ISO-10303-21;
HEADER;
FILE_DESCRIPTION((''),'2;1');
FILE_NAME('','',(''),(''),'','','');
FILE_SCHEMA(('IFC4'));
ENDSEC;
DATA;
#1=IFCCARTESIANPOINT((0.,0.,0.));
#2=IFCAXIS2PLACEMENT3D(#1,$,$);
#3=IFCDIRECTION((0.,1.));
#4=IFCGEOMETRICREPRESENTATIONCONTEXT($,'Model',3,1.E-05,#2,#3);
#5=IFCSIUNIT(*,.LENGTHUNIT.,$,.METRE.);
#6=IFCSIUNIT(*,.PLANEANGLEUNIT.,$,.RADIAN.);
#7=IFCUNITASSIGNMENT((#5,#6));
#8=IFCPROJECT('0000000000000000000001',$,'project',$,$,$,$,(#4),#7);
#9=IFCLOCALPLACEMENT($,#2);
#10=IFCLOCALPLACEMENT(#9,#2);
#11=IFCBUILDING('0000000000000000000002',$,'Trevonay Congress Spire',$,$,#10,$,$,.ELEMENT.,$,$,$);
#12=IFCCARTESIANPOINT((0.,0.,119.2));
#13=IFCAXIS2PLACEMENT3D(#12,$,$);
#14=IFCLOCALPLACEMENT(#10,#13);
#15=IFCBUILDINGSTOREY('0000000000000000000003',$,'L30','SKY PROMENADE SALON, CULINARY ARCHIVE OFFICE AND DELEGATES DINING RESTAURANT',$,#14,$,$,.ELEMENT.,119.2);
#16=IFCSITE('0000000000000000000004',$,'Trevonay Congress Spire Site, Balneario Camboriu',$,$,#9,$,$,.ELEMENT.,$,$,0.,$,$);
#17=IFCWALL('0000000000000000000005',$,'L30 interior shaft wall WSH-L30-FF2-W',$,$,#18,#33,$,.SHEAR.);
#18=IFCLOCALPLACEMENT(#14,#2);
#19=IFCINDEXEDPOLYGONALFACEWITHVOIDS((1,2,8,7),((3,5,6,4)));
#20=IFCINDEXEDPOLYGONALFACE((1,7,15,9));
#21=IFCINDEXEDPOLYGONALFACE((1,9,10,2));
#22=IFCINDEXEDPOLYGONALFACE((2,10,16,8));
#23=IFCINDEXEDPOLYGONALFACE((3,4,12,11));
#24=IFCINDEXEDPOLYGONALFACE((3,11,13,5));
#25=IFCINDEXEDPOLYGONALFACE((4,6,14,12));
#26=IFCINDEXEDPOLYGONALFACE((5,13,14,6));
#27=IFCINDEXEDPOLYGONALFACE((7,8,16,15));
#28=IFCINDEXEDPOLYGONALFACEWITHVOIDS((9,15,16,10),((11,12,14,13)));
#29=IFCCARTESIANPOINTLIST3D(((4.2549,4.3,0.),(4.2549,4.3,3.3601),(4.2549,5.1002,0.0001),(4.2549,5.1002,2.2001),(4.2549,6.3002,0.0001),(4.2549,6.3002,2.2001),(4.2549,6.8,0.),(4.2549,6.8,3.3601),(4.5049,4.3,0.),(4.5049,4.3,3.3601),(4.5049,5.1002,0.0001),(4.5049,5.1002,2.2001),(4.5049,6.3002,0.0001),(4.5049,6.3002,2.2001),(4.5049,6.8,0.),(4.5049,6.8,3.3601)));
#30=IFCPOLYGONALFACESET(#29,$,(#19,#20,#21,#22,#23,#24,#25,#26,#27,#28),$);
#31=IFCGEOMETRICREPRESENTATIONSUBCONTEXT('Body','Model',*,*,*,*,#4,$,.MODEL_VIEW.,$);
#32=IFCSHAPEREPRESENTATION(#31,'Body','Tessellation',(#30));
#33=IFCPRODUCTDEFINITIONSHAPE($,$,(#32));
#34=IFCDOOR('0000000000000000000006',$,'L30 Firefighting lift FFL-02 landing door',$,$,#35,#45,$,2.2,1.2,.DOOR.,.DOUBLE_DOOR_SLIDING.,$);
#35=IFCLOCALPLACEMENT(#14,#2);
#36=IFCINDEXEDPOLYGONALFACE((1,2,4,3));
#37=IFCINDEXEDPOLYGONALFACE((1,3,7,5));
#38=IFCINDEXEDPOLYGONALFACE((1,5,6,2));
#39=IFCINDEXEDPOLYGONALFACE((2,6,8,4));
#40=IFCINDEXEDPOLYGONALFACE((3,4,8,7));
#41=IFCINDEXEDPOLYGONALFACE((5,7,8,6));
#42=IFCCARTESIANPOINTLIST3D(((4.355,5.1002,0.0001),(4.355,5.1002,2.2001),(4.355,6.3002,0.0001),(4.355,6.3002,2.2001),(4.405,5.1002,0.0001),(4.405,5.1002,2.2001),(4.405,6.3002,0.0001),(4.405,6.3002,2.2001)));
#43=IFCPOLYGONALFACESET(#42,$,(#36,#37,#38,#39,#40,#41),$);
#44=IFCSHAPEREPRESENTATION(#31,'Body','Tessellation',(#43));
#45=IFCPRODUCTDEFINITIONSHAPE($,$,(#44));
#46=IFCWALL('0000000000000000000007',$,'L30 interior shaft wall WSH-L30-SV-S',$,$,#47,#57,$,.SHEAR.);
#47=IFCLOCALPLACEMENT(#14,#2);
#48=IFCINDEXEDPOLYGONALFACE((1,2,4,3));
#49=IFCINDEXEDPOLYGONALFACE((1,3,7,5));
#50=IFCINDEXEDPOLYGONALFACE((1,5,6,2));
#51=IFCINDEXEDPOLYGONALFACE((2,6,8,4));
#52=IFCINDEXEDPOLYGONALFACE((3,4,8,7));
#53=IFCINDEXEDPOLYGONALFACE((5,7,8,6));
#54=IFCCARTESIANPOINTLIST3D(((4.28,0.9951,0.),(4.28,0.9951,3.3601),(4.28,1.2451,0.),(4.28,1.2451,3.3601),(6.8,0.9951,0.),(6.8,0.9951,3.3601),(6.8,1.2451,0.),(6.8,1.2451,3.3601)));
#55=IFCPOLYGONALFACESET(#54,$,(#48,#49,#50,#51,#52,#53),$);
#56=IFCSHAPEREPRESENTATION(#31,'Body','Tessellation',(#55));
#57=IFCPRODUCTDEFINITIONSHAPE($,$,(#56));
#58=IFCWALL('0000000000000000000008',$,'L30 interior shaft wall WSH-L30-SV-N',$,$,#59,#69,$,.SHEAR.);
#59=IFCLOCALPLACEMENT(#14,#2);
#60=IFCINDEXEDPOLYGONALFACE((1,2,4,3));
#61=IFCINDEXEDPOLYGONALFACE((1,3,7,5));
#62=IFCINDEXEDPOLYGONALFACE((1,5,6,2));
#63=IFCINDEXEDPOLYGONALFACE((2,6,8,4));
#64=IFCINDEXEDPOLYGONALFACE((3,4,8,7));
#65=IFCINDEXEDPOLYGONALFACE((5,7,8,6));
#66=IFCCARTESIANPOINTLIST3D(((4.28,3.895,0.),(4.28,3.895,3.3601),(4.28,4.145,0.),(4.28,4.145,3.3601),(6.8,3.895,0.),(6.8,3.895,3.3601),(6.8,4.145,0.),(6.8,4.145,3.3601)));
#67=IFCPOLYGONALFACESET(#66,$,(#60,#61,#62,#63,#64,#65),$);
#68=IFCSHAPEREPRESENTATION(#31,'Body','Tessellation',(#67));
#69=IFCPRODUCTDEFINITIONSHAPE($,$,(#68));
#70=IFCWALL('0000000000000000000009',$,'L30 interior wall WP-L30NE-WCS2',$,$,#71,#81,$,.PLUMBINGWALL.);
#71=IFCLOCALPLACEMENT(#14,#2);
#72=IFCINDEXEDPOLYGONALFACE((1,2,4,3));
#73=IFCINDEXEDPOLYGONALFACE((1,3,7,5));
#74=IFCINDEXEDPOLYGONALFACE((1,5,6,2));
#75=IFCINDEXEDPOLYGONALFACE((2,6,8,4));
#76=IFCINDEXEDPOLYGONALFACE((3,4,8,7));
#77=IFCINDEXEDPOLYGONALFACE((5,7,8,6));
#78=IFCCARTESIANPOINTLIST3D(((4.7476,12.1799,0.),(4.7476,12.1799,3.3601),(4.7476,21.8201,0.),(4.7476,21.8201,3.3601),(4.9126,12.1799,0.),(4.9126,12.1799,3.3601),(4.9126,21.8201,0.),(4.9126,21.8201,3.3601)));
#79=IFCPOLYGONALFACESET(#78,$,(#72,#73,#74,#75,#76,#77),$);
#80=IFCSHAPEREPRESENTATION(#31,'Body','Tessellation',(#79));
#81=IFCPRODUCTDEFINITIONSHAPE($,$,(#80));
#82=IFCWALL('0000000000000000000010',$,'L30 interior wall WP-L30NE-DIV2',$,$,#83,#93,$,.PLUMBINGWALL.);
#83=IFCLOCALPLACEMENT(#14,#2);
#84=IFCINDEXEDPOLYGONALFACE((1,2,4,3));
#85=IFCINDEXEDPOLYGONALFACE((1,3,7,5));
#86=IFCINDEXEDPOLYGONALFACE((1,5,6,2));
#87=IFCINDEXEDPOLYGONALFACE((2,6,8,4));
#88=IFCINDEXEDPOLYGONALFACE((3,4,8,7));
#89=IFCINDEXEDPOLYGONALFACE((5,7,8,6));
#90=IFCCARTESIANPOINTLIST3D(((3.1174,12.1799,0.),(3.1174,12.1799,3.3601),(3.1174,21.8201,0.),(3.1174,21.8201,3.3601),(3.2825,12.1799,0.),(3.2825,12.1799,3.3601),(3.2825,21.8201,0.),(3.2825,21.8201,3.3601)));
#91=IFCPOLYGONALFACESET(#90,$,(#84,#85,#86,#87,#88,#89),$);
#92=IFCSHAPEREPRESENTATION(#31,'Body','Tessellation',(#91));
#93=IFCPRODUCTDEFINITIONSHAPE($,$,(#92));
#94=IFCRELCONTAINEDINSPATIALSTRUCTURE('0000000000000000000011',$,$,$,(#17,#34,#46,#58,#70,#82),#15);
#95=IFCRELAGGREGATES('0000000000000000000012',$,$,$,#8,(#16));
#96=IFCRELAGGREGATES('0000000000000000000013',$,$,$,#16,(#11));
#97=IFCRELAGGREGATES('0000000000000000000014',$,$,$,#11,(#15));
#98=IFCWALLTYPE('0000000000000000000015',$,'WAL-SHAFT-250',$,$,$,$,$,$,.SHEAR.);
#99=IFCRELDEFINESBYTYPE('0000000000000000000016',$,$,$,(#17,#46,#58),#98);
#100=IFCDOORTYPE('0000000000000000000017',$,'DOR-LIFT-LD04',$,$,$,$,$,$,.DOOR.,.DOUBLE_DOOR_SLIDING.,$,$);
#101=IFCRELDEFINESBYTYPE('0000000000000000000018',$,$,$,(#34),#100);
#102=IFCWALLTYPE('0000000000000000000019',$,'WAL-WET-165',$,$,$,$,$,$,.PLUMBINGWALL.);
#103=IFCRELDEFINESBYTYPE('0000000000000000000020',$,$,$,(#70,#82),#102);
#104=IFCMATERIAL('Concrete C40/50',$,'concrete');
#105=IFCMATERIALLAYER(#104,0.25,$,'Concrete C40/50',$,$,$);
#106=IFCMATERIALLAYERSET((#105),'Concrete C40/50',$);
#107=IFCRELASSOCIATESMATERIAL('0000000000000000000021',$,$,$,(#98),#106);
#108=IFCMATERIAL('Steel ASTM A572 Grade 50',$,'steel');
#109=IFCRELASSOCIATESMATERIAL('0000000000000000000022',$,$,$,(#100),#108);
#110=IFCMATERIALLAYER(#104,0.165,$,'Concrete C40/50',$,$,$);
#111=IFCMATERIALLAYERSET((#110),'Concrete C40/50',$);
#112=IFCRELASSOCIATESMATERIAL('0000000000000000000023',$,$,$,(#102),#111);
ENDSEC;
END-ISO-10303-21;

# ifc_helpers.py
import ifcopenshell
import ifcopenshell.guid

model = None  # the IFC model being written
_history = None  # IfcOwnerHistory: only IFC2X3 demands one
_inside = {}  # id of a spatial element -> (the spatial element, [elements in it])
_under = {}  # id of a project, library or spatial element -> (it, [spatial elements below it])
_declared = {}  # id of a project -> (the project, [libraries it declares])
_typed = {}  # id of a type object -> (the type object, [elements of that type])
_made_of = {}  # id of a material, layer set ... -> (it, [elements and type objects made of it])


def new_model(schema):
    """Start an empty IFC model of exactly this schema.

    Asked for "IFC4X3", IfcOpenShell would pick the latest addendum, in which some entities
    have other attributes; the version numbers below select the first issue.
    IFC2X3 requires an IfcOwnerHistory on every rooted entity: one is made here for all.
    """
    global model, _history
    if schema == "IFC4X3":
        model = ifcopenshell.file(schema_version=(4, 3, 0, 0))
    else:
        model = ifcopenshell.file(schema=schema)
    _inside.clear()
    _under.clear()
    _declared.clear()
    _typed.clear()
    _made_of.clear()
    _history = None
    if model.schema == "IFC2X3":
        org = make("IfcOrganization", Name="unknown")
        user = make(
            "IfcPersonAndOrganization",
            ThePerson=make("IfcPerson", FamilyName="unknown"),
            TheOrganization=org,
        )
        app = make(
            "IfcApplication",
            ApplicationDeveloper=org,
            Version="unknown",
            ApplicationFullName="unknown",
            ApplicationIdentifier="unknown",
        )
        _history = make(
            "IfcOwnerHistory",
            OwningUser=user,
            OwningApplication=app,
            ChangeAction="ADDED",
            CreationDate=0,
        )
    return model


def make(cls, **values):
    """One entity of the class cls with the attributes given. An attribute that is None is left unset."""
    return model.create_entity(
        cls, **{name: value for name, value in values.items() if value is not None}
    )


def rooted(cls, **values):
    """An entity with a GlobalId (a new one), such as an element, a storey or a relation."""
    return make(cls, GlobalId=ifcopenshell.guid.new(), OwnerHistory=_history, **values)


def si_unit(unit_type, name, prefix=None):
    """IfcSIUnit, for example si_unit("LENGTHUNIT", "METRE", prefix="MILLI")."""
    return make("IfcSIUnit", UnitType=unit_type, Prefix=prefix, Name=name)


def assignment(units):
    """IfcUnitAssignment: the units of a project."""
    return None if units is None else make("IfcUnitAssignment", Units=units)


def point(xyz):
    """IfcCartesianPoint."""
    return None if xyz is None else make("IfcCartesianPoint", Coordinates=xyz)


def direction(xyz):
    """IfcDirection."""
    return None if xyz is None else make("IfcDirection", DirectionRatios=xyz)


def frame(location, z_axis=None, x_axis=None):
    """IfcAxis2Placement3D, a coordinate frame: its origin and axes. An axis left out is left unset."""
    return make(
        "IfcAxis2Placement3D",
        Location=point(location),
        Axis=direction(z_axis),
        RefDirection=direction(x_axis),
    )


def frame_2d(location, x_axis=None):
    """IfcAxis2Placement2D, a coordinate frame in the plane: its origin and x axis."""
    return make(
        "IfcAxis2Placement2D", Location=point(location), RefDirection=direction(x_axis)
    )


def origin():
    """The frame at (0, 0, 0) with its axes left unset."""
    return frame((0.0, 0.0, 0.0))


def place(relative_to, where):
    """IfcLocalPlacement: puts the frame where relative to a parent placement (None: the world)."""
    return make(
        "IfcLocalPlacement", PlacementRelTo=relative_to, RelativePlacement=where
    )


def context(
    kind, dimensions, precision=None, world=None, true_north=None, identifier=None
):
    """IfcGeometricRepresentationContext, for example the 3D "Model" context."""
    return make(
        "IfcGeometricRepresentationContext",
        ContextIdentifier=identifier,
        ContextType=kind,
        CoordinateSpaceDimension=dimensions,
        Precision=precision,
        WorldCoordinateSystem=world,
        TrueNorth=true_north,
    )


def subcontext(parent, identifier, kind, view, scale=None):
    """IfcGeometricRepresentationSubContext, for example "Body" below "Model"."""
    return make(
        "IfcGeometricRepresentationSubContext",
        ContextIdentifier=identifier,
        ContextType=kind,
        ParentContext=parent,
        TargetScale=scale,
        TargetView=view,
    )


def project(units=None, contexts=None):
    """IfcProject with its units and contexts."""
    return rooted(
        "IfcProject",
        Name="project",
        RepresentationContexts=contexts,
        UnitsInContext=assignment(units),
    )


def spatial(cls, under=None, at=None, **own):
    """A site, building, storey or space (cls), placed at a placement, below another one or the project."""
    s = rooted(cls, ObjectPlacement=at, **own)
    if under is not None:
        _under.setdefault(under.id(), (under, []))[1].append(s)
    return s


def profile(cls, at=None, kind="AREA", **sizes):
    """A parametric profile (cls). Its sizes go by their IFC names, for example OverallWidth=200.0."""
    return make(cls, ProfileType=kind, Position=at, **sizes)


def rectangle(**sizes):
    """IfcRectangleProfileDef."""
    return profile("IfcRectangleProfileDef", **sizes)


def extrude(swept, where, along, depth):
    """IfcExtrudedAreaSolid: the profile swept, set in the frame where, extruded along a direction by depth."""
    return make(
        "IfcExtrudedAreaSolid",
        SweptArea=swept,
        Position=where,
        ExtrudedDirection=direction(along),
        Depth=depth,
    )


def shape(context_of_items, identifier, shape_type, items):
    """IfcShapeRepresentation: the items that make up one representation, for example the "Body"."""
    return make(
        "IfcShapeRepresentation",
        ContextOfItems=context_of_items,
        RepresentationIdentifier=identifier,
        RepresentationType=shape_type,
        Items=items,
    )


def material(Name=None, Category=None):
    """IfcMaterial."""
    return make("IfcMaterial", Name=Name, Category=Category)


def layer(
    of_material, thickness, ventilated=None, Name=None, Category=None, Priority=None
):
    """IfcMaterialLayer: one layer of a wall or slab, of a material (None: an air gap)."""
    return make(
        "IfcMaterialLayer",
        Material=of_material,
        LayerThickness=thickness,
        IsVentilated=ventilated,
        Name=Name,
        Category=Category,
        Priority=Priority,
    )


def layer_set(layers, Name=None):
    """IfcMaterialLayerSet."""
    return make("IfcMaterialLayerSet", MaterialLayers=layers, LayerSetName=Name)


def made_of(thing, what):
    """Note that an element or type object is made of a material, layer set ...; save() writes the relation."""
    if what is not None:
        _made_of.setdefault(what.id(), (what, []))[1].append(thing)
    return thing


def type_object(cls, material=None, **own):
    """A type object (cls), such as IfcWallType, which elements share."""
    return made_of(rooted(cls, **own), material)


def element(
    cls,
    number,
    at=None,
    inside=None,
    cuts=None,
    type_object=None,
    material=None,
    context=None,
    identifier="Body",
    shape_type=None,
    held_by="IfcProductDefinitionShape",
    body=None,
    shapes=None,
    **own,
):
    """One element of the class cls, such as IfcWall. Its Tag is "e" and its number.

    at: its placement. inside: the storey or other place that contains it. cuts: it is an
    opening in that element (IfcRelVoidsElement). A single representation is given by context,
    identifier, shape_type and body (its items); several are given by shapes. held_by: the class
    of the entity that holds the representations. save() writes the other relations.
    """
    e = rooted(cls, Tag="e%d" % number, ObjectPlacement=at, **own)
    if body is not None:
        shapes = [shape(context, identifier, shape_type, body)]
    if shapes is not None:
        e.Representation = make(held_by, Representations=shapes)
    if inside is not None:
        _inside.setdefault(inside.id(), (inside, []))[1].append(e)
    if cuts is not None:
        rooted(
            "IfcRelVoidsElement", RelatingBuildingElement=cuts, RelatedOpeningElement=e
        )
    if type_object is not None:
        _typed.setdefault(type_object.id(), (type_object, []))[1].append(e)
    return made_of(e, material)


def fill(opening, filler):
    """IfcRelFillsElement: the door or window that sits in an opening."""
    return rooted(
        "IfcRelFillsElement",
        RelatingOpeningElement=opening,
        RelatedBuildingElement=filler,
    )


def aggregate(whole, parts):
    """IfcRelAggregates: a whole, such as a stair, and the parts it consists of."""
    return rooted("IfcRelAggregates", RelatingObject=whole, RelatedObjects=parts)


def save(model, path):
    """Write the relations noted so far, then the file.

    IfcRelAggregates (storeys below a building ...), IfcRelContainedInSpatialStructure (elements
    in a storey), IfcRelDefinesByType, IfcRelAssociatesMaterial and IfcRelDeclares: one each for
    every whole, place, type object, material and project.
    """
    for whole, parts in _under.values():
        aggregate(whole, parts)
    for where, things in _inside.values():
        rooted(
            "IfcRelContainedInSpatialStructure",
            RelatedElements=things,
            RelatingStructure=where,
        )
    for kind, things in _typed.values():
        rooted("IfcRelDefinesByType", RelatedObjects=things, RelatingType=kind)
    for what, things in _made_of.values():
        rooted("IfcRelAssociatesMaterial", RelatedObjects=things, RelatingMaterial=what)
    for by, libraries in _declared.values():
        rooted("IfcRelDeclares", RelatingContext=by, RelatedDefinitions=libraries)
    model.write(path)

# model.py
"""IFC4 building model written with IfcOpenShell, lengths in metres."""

from ifc_helpers import new_model, si_unit, direction, frame, frame_2d, origin, place, context, subcontext, project, spatial, rectangle, extrude, material, layer, layer_set, type_object, element, fill, save


model = new_model("IFC4")

# Units and contexts
model_context = context("Model", 3, precision=1e-05, world=origin(), true_north=direction((0.0, 1.0)))
body_context = subcontext(model_context, "Body", "Model", "MODEL_VIEW")
ifc_project = project(units=[si_unit("LENGTHUNIT", "METRE"), si_unit("PLANEANGLEUNIT", "RADIAN")], contexts=[model_context])

# Site, building, storey
site_placement = place(None, origin())
site = spatial("IfcSite", under=ifc_project, at=site_placement, Name="Trevonay Congress Spire Site, Balneario Camboriu", CompositionType="ELEMENT", RefElevation=0.0)
building_placement = place(site_placement, origin())
building = spatial("IfcBuilding", under=site, at=building_placement, Name="Trevonay Congress Spire", CompositionType="ELEMENT")
storey_placement = place(building_placement, frame((0.0, 0.0, 119.2)))
storey = spatial("IfcBuildingStorey", under=building, at=storey_placement, Name="L30", Description="SKY PROMENADE SALON, CULINARY ARCHIVE OFFICE AND DELEGATES DINING RESTAURANT", CompositionType="ELEMENT", Elevation=119.2)

# Shared definitions
ifc_material_1 = material(Name="Steel ASTM A572 Grade 50", Category="steel")

# Shared definitions
ifc_material_2 = material(Name="Concrete C40/50", Category="concrete")
ifc_layer_1 = layer(ifc_material_2, 0.25, Name="Concrete C40/50")
ifc_layer_set_1 = layer_set([ifc_layer_1], Name="Concrete C40/50")
wall_type_1 = type_object("IfcWallType", Name="WAL-SHAFT-250", PredefinedType="SHEAR", material=ifc_layer_set_1)

# Wall, opening, door
wall_1_placement = place(storey_placement, frame((4.3799, 4.3, 0.0), z_axis=(0.0, 0.0, 1.0), x_axis=(0.0, 1.0, 0.0)))
wall_1 = element("IfcWall", 1, at=wall_1_placement, inside=storey, type_object=wall_type_1, Name="L30 interior shaft wall WSH-L30-FF2-W", PredefinedType="SHEAR", context=body_context, shape_type="SweptSolid", body=[
    extrude(rectangle(XDim=2.5, YDim=0.25, at=frame_2d((1.25, 0.0))), origin(), (0.0, 0.0, 1.0), 3.3601),
])
opening_placement = place(wall_1_placement, frame((0.8, 0.0, 0.0)))
opening = element("IfcOpeningElement", 2, at=opening_placement, cuts=wall_1, PredefinedType="OPENING", context=body_context, shape_type="SweptSolid", body=[
    extrude(rectangle(XDim=1.2, YDim=2.2, at=frame_2d((0.6001, 1.1001))), frame((0.0, 0.135, 0.0), z_axis=(0.0, -1.0, 0.0), x_axis=(1.0, 0.0, 0.0)), (0.0, 0.0, 1.0), 0.27),
])
door_type = type_object("IfcDoorType", Name="DOR-LIFT-LD04", OperationType="DOUBLE_DOOR_SLIDING", PredefinedType="DOOR", material=ifc_material_1)
door_placement = place(opening_placement, origin())
door = element("IfcDoor", 3, at=door_placement, inside=storey, type_object=door_type, Name="L30 Firefighting lift FFL-02 landing door", OperationType="DOUBLE_DOOR_SLIDING", OverallHeight=2.2, OverallWidth=1.2, PredefinedType="DOOR", context=body_context, shape_type="SweptSolid", body=[
    extrude(rectangle(XDim=1.2, YDim=2.2, at=frame_2d((0.6001, 1.1001))), frame((0.0, 0.0249, 0.0), z_axis=(0.0, -1.0, 0.0), x_axis=(1.0, 0.0, 0.0)), (0.0, 0.0, 1.0), 0.05),
])
fill(opening, door)

# Walls
for number, where, z_axis, x_axis, name in (
    (4, (4.28, 1.1201, 0.0), (0.0, 0.0, 1.0), (1.0, 0.0, 0.0), "L30 interior shaft wall WSH-L30-SV-S"),
    (5, (4.28, 4.02, 0.0), (0.0, 0.0, 1.0), (1.0, 0.0, 0.0), "L30 interior shaft wall WSH-L30-SV-N"),
):
    element("IfcWall", number, at=place(storey_placement, frame(where, z_axis=z_axis, x_axis=x_axis)), inside=storey, type_object=wall_type_1, Name=name, PredefinedType="SHEAR", context=body_context, shape_type="SweptSolid", body=[
        extrude(rectangle(XDim=2.52, YDim=0.25, at=frame_2d((1.26, 0.0))), origin(), (0.0, 0.0, 1.0), 3.3601),
    ])
ifc_layer_2 = layer(ifc_material_2, 0.165, Name="Concrete C40/50")
ifc_layer_set_2 = layer_set([ifc_layer_2], Name="Concrete C40/50")
wall_type_2 = type_object("IfcWallType", Name="WAL-WET-165", PredefinedType="PLUMBINGWALL", material=ifc_layer_set_2)
for number, where, z_axis, x_axis, name in (
    (6, (4.8301, 12.1799, 0.0), (0.0, 0.0, 1.0), (0.0, 1.0, 0.0), "L30 interior wall WP-L30NE-WCS2"),
    (7, (3.2, 12.1799, 0.0), (0.0, 0.0, 1.0), (0.0, 1.0, 0.0), "L30 interior wall WP-L30NE-DIV2"),
):
    element("IfcWall", number, at=place(storey_placement, frame(where, z_axis=z_axis, x_axis=x_axis)), inside=storey, type_object=wall_type_2, Name=name, PredefinedType="PLUMBINGWALL", context=body_context, shape_type="SweptSolid", body=[
        extrude(rectangle(XDim=9.6401, YDim=0.165, at=frame_2d((4.8201, 0.0))), origin(), (0.0, 0.0, 1.0), 3.3601),
    ])

save(model, "model.ifc")
